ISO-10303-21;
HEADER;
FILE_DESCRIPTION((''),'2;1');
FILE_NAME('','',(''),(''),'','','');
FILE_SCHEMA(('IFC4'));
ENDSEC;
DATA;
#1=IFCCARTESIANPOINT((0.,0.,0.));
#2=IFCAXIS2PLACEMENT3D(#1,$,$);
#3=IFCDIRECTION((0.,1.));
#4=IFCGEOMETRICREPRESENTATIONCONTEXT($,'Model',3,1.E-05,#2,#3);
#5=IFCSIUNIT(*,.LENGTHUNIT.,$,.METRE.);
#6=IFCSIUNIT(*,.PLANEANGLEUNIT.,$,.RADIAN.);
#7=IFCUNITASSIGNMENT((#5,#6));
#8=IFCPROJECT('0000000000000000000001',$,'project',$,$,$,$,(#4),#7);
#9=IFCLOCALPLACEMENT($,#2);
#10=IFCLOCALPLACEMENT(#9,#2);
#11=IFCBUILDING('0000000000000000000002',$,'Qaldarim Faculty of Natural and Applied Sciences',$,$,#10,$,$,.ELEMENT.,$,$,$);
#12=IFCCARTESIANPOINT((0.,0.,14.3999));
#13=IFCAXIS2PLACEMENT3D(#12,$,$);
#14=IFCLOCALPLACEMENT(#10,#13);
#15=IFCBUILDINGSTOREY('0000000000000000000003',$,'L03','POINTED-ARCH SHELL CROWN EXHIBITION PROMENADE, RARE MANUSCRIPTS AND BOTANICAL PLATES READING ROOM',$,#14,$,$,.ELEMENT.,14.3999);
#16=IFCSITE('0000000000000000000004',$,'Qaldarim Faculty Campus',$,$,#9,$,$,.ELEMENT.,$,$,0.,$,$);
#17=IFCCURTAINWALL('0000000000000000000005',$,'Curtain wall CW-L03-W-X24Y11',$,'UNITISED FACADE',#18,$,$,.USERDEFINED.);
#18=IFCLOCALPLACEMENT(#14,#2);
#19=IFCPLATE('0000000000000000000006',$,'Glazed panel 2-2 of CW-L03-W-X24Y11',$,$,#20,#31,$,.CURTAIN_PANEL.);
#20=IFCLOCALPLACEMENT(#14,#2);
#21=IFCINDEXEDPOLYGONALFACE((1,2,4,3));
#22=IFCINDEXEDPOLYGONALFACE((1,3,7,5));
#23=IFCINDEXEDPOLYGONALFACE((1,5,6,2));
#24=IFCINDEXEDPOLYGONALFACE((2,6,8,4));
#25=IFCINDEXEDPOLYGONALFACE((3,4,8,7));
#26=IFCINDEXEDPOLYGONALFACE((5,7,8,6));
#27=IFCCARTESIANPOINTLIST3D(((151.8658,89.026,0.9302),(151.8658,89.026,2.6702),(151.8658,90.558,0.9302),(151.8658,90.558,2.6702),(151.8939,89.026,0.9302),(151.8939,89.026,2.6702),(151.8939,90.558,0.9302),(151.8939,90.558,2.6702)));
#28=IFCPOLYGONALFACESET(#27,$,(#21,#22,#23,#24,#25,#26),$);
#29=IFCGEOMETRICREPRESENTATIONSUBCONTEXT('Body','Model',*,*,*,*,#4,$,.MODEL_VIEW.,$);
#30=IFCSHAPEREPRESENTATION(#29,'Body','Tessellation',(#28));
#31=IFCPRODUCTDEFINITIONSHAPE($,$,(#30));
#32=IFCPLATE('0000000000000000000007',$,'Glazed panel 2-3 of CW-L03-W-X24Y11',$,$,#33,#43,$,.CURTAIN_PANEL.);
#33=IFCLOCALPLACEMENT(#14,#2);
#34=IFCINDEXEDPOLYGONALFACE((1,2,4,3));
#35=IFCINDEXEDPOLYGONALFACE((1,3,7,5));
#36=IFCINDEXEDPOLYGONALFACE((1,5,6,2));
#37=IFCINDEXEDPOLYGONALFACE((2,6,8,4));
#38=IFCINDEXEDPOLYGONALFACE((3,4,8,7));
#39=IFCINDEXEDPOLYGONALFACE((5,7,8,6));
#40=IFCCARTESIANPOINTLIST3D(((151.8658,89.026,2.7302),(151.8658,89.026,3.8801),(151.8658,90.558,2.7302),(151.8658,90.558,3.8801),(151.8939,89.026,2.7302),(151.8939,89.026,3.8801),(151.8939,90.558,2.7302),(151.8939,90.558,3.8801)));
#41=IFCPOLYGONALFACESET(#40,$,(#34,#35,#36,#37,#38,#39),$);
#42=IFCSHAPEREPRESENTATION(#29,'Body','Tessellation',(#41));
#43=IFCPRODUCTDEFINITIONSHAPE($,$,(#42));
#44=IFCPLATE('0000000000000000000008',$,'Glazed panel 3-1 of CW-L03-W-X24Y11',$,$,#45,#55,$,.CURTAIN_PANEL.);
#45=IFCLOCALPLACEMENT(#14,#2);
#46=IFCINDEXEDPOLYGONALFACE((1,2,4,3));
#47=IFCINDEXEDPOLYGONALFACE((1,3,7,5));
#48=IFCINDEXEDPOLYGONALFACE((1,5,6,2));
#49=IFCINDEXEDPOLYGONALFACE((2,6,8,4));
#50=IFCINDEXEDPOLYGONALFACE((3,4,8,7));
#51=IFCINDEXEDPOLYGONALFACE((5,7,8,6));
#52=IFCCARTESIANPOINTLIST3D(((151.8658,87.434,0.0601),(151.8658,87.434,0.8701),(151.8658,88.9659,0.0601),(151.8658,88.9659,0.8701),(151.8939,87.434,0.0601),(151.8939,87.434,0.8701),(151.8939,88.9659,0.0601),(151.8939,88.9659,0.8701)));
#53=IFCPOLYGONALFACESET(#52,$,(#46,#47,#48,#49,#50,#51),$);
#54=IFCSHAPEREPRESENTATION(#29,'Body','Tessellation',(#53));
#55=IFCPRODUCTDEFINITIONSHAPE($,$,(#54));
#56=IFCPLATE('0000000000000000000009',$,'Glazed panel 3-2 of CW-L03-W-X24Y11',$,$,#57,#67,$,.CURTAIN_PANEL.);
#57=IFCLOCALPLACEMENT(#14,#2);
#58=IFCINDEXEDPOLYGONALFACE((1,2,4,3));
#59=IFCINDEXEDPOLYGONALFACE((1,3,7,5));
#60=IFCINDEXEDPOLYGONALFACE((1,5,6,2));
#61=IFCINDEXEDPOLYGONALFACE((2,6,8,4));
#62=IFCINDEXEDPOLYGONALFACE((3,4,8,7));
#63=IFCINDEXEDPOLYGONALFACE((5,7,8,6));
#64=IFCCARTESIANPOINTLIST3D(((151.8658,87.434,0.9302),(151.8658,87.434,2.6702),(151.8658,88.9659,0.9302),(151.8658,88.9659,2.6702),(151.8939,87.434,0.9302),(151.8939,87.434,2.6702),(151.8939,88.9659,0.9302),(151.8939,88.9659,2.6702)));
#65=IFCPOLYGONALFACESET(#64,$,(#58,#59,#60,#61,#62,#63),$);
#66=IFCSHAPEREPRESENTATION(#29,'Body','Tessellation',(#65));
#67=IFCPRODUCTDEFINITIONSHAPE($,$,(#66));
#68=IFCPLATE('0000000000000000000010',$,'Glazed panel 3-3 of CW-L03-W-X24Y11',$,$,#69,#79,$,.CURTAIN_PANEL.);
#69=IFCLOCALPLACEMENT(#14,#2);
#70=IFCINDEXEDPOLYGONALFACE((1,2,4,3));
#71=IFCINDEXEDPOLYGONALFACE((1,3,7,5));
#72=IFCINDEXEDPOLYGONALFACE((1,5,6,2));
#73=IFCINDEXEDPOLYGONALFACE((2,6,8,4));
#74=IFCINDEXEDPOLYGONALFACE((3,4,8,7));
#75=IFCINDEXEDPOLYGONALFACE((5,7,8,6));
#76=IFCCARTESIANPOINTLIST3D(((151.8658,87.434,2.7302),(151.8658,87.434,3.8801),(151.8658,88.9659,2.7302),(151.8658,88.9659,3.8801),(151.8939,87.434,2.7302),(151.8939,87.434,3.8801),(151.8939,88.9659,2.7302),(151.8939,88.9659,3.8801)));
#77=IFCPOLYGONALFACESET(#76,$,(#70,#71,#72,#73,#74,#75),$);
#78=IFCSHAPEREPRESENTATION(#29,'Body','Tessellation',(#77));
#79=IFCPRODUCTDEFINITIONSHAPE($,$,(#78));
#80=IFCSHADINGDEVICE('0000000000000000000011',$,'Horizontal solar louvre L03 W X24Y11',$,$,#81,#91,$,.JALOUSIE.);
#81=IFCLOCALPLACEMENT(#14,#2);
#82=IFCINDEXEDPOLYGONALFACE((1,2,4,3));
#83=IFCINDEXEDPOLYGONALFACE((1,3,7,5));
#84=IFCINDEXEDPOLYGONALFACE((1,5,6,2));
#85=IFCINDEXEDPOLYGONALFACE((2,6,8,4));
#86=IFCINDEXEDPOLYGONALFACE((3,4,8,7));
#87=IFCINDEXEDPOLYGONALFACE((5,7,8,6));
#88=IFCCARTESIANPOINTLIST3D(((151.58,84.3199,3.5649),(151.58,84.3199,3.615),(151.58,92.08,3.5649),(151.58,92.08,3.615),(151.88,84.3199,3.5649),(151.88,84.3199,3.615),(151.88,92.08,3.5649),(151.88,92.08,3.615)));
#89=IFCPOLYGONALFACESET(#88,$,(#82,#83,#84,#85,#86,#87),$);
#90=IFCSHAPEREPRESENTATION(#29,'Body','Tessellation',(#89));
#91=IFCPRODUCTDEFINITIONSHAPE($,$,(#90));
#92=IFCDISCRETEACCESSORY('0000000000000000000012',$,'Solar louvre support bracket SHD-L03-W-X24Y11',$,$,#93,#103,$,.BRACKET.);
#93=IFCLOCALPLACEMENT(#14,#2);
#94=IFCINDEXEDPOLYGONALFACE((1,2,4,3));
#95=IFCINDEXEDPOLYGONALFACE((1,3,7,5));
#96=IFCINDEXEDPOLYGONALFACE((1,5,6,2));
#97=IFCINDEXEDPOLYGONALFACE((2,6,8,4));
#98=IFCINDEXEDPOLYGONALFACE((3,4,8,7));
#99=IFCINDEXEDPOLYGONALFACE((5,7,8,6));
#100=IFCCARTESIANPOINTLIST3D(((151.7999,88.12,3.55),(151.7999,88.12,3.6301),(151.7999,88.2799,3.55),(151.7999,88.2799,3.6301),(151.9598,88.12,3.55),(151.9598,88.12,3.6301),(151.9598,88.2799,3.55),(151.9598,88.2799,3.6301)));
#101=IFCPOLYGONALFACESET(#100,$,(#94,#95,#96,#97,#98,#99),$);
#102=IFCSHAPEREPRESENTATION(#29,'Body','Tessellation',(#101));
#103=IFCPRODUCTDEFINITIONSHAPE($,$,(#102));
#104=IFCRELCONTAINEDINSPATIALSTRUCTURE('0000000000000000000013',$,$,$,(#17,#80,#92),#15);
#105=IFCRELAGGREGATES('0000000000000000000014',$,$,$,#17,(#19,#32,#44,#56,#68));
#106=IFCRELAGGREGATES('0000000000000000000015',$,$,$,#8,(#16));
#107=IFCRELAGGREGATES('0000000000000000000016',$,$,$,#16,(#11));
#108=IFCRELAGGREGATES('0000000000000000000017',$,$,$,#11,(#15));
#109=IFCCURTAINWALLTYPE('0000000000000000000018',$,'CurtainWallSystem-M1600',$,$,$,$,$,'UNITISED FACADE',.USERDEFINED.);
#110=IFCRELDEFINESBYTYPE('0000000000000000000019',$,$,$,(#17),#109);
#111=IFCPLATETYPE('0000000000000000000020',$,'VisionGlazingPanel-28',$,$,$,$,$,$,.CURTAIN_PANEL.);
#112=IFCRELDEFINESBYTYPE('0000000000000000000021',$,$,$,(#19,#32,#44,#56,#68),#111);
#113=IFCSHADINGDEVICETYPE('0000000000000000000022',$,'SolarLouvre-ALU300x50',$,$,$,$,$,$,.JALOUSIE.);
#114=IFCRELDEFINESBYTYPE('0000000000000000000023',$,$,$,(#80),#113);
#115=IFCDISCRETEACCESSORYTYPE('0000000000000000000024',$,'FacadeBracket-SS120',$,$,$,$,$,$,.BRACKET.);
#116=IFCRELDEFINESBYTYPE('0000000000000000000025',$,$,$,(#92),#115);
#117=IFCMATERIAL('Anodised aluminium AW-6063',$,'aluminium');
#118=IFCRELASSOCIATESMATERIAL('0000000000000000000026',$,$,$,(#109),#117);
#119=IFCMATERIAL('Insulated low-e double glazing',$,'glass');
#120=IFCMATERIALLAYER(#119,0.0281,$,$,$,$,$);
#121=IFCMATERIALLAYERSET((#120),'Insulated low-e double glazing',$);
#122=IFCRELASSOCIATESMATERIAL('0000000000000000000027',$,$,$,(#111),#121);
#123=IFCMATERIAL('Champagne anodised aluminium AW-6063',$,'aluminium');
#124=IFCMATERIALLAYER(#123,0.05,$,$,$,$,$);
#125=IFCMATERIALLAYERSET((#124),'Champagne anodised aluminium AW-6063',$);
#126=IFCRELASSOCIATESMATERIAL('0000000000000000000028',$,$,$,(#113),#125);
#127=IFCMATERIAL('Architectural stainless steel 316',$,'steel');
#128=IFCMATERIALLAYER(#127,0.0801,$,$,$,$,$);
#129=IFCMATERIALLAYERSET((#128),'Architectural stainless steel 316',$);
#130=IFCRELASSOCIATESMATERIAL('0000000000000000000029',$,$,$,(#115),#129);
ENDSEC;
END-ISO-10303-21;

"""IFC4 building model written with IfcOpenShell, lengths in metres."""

from ifc_helpers import new_model, si_unit, direction, frame, origin, origin_2d, place, context, subcontext, project, spatial, rectangle, extrude, material, layer, layer_set, type_object, element, aggregate, save


model = new_model("IFC4")

# Units and contexts
model_context = context("Model", 3, precision=1e-05, world=origin(), true_north=direction((0.0, 1.0)))
body_context = subcontext(model_context, "Body", "Model", "MODEL_VIEW")
ifc_project = project(units=[si_unit("LENGTHUNIT", "METRE"), si_unit("PLANEANGLEUNIT", "RADIAN")], contexts=[model_context])

# Site, building, storey
site_placement = place(None, origin())
site = spatial("IfcSite", under=ifc_project, at=site_placement, Name="Qaldarim Faculty Campus", CompositionType="ELEMENT", RefElevation=0.0)
building_placement = place(site_placement, origin())
building = spatial("IfcBuilding", under=site, at=building_placement, Name="Qaldarim Faculty of Natural and Applied Sciences", CompositionType="ELEMENT")
storey_placement = place(building_placement, frame((0.0, 0.0, 14.3999)))
storey = spatial("IfcBuildingStorey", under=building, at=storey_placement, Name="L03", Description="POINTED-ARCH SHELL CROWN EXHIBITION PROMENADE, RARE MANUSCRIPTS AND BOTANICAL PLATES READING ROOM", CompositionType="ELEMENT", Elevation=14.3999)

# Curtain wall, plates
ifc_material_1 = material(Name="Anodised aluminium AW-6063", Category="aluminium")
curtain_wall_type = type_object("IfcCurtainWallType", Name="CurtainWallSystem-M1600", ElementType="UNITISED FACADE", PredefinedType="USERDEFINED", material=ifc_material_1)
curtain_wall_placement = place(storey_placement, origin())
curtain_wall = element("IfcCurtainWall", 1, at=curtain_wall_placement, inside=storey, type_object=curtain_wall_type, Name="Curtain wall CW-L03-W-X24Y11", ObjectType="UNITISED FACADE", PredefinedType="USERDEFINED")
ifc_material_2 = material(Name="Insulated low-e double glazing", Category="glass")
ifc_layer_1 = layer(ifc_material_2, 0.0281)
ifc_layer_set_1 = layer_set([ifc_layer_1], Name="Insulated low-e double glazing")
plate_type = type_object("IfcPlateType", Name="VisionGlazingPanel-28", PredefinedType="CURTAIN_PANEL", material=ifc_layer_set_1)
plate_1_placement = place(storey_placement, frame((151.8799, 89.792, 0.9302), z_axis=(0.0, 0.0, 1.0), x_axis=(0.0, -1.0, 0.0)))
plate_1 = element("IfcPlate", 2, at=plate_1_placement, type_object=plate_type, Name="Glazed panel 2-2 of CW-L03-W-X24Y11", PredefinedType="CURTAIN_PANEL", context=body_context, shape_type="SweptSolid", body=[
    extrude(rectangle(XDim=1.532, YDim=0.0281, at=origin_2d()), origin(), (0.0, 0.0, 1.0), 1.74),
])
plate_2_placement = place(storey_placement, frame((151.8799, 89.792, 2.7302), z_axis=(0.0, 0.0, 1.0), x_axis=(0.0, -1.0, 0.0)))
plate_2 = element("IfcPlate", 3, at=plate_2_placement, type_object=plate_type, Name="Glazed panel 2-3 of CW-L03-W-X24Y11", PredefinedType="CURTAIN_PANEL", context=body_context, shape_type="SweptSolid", body=[
    extrude(rectangle(XDim=1.532, YDim=0.0281, at=origin_2d()), origin(), (0.0, 0.0, 1.0), 1.1499),
])
plate_3_placement = place(storey_placement, frame((151.8799, 88.2, 0.0601), z_axis=(0.0, 0.0, 1.0), x_axis=(0.0, -1.0, 0.0)))
plate_3 = element("IfcPlate", 4, at=plate_3_placement, type_object=plate_type, Name="Glazed panel 3-1 of CW-L03-W-X24Y11", PredefinedType="CURTAIN_PANEL", context=body_context, shape_type="SweptSolid", body=[
    extrude(rectangle(XDim=1.532, YDim=0.0281, at=origin_2d()), origin(), (0.0, 0.0, 1.0), 0.8101),
])
plate_4_placement = place(storey_placement, frame((151.8799, 88.2, 0.9302), z_axis=(0.0, 0.0, 1.0), x_axis=(0.0, -1.0, 0.0)))
plate_4 = element("IfcPlate", 5, at=plate_4_placement, type_object=plate_type, Name="Glazed panel 3-2 of CW-L03-W-X24Y11", PredefinedType="CURTAIN_PANEL", context=body_context, shape_type="SweptSolid", body=[
    extrude(rectangle(XDim=1.532, YDim=0.0281, at=origin_2d()), origin(), (0.0, 0.0, 1.0), 1.74),
])
plate_5_placement = place(storey_placement, frame((151.8799, 88.2, 2.7302), z_axis=(0.0, 0.0, 1.0), x_axis=(0.0, -1.0, 0.0)))
plate_5 = element("IfcPlate", 6, at=plate_5_placement, type_object=plate_type, Name="Glazed panel 3-3 of CW-L03-W-X24Y11", PredefinedType="CURTAIN_PANEL", context=body_context, shape_type="SweptSolid", body=[
    extrude(rectangle(XDim=1.532, YDim=0.0281, at=origin_2d()), origin(), (0.0, 0.0, 1.0), 1.1499),
])
aggregate(curtain_wall, [plate_1, plate_2, plate_3, plate_4, plate_5])

# Shading device
ifc_material_3 = material(Name="Champagne anodised aluminium AW-6063", Category="aluminium")
ifc_layer_2 = layer(ifc_material_3, 0.05)
ifc_layer_set_2 = layer_set([ifc_layer_2], Name="Champagne anodised aluminium AW-6063")
shading_device_type = type_object("IfcShadingDeviceType", Name="SolarLouvre-ALU300x50", PredefinedType="JALOUSIE", material=ifc_layer_set_2)
shading_device_placement = place(storey_placement, frame((151.73, 88.2, 3.5649), z_axis=(0.0, 0.0, 1.0), x_axis=(0.0, 1.0, 0.0)))
element("IfcShadingDevice", 7, at=shading_device_placement, inside=storey, type_object=shading_device_type, Name="Horizontal solar louvre L03 W X24Y11", PredefinedType="JALOUSIE", context=body_context, shape_type="SweptSolid", body=[
    extrude(rectangle(XDim=7.76, YDim=0.3, at=origin_2d()), origin(), (0.0, 0.0, 1.0), 0.05),
])

# Discrete accessory
ifc_material_4 = material(Name="Architectural stainless steel 316", Category="steel")
ifc_layer_3 = layer(ifc_material_4, 0.0801)
ifc_layer_set_3 = layer_set([ifc_layer_3], Name="Architectural stainless steel 316")
discrete_accessory_type = type_object("IfcDiscreteAccessoryType", Name="FacadeBracket-SS120", PredefinedType="BRACKET", material=ifc_layer_set_3)
discrete_accessory_placement = place(storey_placement, frame((151.8799, 88.2, 3.55), z_axis=(0.0, 0.0, 1.0), x_axis=(0.0, 1.0, 0.0)))
element("IfcDiscreteAccessory", 8, at=discrete_accessory_placement, inside=storey, type_object=discrete_accessory_type, Name="Solar louvre support bracket SHD-L03-W-X24Y11", PredefinedType="BRACKET", context=body_context, shape_type="SweptSolid", body=[
    extrude(rectangle(XDim=0.1599, YDim=0.1599, at=origin_2d()), origin(), (0.0, 0.0, 1.0), 0.0801),
])

save(model, "model.ifc")
